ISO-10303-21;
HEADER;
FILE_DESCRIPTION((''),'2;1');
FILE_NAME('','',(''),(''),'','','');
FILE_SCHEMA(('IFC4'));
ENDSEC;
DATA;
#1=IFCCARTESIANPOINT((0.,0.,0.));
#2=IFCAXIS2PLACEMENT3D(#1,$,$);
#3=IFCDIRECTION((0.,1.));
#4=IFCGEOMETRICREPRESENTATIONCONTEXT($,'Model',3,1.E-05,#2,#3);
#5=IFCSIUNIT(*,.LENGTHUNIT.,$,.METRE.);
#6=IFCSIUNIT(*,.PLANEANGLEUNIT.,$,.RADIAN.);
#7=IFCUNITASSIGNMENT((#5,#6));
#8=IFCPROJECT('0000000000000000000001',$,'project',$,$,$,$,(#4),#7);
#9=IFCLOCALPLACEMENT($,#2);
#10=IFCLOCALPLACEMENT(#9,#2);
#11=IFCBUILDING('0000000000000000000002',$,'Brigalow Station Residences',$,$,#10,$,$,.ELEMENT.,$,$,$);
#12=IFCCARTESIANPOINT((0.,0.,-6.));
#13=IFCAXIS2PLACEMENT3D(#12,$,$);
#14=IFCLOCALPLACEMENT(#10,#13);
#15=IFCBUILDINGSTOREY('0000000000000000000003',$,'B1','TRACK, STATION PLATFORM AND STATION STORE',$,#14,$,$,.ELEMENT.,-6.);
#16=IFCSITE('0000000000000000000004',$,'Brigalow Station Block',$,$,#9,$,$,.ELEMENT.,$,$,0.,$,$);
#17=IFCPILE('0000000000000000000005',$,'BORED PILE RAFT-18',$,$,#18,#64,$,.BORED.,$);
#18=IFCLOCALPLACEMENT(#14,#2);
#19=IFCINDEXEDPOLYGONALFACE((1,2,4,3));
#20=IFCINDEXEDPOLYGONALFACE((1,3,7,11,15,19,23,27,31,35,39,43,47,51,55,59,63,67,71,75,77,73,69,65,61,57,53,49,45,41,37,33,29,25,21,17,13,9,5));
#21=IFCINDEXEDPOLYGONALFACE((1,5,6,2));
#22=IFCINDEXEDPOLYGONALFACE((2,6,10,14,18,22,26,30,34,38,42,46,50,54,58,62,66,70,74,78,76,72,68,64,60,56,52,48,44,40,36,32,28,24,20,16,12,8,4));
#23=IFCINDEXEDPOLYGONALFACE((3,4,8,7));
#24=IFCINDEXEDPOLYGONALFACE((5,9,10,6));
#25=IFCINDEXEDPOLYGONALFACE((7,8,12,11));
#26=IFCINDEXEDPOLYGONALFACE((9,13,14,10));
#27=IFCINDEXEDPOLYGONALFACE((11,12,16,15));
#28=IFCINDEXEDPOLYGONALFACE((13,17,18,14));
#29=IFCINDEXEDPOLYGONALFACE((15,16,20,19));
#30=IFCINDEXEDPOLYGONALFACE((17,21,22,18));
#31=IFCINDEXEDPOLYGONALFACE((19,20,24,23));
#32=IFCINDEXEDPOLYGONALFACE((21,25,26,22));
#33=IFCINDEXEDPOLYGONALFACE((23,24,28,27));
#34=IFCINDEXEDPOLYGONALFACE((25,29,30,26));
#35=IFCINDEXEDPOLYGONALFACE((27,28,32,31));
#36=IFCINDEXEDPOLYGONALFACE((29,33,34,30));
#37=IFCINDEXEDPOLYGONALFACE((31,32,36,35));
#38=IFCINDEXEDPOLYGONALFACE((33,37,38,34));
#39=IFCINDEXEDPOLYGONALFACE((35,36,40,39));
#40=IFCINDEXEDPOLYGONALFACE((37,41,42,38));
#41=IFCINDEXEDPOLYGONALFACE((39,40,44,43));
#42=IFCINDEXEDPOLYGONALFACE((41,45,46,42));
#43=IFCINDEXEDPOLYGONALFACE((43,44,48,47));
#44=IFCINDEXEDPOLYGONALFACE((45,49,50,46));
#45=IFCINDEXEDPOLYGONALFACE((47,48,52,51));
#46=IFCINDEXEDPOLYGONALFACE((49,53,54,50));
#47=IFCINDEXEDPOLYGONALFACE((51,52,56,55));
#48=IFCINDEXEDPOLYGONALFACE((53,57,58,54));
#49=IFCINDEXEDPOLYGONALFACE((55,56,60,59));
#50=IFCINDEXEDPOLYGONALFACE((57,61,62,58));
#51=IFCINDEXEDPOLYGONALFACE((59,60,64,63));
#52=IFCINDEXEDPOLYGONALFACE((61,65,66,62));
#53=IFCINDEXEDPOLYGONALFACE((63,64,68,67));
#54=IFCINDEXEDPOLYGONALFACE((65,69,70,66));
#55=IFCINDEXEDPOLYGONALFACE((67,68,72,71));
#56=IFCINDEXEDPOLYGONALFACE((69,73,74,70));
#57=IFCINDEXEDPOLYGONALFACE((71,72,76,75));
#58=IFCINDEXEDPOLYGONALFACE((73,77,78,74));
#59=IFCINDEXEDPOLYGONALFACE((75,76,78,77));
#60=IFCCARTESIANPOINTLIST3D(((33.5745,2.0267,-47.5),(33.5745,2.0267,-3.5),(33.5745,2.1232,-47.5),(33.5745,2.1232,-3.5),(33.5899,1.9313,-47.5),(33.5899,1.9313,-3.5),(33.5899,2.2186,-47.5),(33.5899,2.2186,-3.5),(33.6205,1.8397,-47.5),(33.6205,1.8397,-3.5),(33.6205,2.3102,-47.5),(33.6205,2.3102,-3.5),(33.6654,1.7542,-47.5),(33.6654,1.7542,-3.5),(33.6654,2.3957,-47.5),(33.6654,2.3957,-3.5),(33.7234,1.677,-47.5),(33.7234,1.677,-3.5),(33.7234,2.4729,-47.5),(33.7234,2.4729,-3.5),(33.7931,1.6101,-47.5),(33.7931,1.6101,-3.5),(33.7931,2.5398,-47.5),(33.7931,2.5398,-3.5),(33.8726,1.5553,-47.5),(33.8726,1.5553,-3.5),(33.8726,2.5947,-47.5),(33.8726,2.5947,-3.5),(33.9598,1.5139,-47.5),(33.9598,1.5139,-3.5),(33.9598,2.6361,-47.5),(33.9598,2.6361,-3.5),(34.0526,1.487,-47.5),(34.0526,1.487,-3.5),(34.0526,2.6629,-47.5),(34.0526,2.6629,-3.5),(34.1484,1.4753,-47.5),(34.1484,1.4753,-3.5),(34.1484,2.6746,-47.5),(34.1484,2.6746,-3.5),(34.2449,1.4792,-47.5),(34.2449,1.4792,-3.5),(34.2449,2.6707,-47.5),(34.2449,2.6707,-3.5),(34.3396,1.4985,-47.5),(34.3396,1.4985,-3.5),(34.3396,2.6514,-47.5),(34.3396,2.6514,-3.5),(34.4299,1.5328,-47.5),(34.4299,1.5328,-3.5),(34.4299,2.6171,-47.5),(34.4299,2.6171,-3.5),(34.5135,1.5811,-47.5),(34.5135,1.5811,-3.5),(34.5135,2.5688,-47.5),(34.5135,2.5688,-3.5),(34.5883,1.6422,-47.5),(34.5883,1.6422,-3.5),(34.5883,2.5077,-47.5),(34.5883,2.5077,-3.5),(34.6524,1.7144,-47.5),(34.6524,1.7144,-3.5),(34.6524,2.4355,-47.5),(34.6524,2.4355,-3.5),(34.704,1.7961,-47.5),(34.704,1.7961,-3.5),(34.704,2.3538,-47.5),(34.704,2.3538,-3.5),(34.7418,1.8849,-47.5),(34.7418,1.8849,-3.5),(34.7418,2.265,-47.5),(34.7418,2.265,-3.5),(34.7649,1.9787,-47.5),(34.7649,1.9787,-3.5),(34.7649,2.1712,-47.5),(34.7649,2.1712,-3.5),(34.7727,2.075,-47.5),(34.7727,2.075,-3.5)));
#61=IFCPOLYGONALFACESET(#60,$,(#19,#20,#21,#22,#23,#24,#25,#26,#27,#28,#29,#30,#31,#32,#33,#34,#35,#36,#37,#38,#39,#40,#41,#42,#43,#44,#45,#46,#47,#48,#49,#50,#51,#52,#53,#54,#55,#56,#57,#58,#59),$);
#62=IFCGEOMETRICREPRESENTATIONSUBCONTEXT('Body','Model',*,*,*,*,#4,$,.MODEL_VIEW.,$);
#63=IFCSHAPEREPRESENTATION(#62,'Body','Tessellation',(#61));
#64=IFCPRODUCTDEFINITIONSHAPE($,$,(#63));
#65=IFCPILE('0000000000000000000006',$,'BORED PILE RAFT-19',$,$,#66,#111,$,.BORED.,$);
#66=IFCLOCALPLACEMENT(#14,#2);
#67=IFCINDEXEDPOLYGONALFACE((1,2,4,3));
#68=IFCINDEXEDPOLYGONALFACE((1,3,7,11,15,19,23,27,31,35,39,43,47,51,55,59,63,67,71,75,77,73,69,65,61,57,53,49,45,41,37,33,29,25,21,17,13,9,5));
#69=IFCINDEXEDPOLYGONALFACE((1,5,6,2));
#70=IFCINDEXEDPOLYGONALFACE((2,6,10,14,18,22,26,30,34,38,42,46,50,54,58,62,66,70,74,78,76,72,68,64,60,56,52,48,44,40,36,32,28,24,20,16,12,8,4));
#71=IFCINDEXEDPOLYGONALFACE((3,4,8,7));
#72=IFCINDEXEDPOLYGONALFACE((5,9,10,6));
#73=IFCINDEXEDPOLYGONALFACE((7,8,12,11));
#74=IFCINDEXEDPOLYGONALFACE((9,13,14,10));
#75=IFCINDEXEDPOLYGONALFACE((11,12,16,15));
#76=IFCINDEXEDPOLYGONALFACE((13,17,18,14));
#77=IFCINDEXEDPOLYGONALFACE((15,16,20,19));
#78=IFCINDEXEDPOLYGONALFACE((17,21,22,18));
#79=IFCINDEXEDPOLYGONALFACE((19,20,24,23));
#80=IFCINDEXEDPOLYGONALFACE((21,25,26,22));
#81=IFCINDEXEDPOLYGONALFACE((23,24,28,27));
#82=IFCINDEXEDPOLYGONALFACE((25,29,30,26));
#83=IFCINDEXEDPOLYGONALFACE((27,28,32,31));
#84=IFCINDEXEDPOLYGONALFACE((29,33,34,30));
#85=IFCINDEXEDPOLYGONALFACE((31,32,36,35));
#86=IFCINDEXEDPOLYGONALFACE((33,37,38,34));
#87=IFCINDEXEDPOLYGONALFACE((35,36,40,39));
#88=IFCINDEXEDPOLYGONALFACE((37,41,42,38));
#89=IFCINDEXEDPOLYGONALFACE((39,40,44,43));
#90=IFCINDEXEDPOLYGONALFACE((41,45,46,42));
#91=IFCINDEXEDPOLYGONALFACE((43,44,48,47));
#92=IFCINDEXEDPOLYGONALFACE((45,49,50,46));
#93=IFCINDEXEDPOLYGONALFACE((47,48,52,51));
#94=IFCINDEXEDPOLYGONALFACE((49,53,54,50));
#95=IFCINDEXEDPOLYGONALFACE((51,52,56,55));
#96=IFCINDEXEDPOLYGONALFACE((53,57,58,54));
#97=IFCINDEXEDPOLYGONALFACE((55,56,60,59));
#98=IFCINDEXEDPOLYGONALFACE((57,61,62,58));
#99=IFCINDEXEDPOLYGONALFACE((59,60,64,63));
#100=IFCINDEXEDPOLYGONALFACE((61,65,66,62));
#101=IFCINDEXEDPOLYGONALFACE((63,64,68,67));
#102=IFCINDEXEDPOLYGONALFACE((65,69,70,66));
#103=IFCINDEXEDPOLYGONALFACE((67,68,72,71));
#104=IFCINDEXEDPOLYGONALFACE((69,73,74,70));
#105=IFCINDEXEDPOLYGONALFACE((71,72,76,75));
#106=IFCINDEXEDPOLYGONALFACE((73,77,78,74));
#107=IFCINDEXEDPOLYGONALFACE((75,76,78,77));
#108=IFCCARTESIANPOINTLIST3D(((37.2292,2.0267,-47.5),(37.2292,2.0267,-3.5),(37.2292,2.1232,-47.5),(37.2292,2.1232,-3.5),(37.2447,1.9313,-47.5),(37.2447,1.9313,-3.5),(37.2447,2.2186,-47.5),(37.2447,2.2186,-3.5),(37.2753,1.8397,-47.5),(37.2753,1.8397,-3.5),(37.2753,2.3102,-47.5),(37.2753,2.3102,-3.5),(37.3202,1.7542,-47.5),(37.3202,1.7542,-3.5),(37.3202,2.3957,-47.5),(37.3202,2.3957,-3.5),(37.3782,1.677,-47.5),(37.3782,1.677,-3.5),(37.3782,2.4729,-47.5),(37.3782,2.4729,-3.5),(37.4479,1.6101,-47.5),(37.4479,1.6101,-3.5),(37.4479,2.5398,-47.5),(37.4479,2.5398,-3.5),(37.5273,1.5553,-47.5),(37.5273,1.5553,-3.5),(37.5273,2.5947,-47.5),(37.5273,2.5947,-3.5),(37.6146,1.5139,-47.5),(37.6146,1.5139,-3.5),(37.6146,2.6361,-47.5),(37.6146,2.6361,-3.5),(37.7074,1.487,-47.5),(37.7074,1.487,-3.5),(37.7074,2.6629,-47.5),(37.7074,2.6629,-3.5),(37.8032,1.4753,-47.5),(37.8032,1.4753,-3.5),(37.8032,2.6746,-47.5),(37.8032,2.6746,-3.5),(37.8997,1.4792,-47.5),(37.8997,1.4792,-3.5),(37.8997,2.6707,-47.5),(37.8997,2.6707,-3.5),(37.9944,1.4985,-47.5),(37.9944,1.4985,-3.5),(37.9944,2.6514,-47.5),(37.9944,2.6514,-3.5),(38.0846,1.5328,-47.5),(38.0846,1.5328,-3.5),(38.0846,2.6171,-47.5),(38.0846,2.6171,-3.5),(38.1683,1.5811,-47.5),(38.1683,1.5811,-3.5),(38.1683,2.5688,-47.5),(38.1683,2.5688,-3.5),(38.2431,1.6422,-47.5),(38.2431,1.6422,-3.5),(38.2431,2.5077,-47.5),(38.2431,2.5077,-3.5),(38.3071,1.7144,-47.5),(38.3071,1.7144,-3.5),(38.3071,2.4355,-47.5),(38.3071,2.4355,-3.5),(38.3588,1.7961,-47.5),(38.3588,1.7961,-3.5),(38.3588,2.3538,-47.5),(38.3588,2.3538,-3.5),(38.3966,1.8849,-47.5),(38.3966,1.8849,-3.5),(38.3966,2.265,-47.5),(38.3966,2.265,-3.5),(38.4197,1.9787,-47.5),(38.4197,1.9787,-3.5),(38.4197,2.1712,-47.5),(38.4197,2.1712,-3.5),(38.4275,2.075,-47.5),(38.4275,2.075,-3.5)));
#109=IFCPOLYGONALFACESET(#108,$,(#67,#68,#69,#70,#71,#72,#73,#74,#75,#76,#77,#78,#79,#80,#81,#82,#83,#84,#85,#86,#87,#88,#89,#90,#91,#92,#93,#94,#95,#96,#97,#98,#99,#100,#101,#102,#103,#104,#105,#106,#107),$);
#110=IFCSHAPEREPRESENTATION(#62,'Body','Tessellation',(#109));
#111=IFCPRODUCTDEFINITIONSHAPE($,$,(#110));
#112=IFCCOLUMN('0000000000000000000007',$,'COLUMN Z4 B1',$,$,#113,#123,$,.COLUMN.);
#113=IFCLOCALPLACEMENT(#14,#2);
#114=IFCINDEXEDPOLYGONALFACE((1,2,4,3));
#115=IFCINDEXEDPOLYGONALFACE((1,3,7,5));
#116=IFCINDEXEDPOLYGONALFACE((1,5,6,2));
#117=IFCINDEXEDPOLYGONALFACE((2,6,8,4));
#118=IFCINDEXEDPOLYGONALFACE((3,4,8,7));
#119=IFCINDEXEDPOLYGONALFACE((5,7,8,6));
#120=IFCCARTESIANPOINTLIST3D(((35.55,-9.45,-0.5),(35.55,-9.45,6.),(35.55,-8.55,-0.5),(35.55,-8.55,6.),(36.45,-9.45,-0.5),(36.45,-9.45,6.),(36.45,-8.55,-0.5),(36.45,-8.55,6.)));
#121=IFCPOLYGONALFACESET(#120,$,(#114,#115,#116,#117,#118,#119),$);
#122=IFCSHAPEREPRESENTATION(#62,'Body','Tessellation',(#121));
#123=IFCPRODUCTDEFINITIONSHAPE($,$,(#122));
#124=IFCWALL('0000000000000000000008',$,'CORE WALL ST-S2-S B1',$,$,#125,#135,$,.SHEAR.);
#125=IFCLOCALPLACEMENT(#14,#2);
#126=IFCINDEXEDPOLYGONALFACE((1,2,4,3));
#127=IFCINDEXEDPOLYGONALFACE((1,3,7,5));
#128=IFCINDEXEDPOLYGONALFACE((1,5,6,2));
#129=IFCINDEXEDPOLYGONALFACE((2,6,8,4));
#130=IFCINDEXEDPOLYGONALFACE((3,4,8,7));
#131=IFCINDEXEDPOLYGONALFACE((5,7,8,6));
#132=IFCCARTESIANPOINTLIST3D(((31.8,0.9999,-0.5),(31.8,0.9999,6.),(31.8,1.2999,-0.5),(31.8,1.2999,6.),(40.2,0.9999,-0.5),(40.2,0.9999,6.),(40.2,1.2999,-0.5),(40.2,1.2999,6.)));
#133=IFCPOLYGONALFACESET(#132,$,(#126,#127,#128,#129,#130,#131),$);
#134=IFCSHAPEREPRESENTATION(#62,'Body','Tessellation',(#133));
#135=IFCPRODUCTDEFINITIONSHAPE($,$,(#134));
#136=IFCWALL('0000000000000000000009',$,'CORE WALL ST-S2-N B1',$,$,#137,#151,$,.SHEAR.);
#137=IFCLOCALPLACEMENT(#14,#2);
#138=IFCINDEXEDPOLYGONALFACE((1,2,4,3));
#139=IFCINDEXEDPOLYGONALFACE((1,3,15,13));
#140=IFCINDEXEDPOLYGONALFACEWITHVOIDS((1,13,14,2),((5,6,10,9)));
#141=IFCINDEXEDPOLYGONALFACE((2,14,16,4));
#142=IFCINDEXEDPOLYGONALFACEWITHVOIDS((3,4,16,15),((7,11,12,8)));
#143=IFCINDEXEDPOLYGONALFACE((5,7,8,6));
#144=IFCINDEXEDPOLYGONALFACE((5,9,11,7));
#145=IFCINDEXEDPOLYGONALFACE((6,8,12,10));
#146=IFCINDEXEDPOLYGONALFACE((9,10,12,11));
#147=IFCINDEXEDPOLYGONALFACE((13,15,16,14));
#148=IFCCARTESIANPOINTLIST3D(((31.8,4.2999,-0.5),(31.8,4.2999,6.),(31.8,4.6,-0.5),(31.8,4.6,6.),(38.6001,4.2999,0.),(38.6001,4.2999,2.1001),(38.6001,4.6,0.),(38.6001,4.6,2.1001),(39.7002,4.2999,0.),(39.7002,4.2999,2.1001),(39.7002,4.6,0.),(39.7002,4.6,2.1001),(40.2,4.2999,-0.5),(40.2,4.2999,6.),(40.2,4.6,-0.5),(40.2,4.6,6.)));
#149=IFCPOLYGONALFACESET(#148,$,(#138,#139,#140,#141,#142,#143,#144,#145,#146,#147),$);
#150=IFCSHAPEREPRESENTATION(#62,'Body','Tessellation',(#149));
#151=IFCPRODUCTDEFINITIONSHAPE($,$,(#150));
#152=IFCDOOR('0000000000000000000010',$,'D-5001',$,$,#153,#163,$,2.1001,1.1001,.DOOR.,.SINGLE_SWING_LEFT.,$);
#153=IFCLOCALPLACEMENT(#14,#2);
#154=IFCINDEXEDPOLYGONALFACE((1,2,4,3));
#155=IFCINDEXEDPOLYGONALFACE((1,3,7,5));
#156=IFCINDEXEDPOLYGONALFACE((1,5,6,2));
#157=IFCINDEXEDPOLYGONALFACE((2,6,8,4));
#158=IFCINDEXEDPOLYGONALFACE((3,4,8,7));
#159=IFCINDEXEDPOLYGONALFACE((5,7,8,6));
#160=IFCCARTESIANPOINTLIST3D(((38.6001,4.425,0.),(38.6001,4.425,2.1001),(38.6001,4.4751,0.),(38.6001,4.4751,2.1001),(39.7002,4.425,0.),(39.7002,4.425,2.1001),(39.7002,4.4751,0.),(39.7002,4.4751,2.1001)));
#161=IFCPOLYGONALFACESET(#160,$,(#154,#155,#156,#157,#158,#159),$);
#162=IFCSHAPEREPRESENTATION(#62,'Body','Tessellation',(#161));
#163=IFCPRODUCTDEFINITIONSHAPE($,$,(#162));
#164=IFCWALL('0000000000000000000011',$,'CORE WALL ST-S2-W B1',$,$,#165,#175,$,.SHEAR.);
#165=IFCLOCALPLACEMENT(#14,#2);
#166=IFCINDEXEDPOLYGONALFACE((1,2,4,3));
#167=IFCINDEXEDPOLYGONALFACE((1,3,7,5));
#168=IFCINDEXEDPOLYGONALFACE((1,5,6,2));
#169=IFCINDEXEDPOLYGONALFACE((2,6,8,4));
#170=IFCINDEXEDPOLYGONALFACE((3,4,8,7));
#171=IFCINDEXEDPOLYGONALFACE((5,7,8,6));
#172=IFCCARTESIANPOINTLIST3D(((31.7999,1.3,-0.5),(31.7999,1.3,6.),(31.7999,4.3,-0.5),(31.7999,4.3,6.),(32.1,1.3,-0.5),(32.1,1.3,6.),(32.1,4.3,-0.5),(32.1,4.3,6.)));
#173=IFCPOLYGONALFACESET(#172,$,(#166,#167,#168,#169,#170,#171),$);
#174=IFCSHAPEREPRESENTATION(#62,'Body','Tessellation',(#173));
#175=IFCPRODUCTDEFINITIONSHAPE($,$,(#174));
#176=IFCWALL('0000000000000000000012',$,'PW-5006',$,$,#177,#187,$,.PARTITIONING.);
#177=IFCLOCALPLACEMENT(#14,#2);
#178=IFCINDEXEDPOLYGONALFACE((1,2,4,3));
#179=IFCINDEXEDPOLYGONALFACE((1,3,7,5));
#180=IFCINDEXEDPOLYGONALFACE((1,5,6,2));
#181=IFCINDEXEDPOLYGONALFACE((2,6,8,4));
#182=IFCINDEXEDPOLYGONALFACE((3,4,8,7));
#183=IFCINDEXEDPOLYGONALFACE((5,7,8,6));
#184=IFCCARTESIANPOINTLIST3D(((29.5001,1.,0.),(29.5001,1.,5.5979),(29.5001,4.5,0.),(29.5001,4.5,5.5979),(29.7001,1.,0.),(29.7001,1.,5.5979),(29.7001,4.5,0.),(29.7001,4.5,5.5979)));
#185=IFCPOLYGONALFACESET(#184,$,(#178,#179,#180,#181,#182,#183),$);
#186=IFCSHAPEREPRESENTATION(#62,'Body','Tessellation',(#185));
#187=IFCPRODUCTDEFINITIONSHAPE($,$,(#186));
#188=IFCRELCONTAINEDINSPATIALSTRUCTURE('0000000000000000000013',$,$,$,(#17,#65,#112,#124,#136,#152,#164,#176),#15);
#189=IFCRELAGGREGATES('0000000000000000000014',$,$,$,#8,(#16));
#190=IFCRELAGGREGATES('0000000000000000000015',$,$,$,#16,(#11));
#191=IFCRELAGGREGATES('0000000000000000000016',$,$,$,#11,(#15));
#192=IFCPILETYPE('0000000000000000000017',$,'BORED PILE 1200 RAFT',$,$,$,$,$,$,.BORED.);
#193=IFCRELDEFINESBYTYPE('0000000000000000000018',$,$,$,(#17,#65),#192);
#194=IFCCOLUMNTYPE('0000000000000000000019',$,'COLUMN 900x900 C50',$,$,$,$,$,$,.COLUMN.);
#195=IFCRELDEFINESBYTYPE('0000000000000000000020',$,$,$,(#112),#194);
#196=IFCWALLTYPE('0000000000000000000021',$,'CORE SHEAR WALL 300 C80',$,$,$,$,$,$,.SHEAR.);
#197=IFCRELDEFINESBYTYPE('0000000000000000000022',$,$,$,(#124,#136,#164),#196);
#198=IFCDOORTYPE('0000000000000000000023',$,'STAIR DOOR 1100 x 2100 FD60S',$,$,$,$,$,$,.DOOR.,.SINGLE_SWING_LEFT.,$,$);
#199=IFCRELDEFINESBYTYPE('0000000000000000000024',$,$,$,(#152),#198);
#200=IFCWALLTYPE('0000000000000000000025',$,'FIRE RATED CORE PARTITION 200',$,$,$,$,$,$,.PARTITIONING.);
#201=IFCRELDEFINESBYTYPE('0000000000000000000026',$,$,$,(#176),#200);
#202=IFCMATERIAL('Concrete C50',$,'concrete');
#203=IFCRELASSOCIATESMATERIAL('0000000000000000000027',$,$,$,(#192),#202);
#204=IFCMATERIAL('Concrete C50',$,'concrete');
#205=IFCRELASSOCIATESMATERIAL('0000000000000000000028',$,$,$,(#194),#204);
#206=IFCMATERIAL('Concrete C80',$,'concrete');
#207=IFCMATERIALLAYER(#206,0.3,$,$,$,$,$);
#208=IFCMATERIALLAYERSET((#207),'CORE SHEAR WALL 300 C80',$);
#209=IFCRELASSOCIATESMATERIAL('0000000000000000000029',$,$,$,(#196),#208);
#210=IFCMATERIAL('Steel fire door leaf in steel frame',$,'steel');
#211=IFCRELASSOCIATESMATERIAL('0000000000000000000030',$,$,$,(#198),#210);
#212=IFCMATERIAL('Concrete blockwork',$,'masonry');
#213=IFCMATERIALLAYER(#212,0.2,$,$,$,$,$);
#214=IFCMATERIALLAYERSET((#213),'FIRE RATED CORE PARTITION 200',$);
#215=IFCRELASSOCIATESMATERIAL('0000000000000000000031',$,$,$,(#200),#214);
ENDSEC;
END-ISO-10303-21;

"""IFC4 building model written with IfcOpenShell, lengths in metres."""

from ifc_helpers import new_model, si_unit, direction, frame, frame_2d, origin, origin_2d, place, context, subcontext, project, spatial, rectangle, circle, extrude, material, layer, layer_set, material_profile, profile_set, type_object, element, fill, save


model = new_model("IFC4")

# Units and contexts
model_context = context("Model", 3, precision=1e-05, world=origin(), true_north=direction((0.0, 1.0)))
body_context = subcontext(model_context, "Body", "Model", "MODEL_VIEW")
ifc_project = project(units=[si_unit("LENGTHUNIT", "METRE"), si_unit("PLANEANGLEUNIT", "RADIAN")], contexts=[model_context])

# Site, building, storey
site_placement = place(None, origin())
site = spatial("IfcSite", under=ifc_project, at=site_placement, Name="Brigalow Station Block", CompositionType="ELEMENT", RefElevation=0.0)
building_placement = place(site_placement, origin())
building = spatial("IfcBuilding", under=site, at=building_placement, Name="Brigalow Station Residences", CompositionType="ELEMENT")
storey_placement = place(building_placement, frame((0.0, 0.0, -6.0)))
storey = spatial("IfcBuildingStorey", under=building, at=storey_placement, Name="B1", Description="TRACK, STATION PLATFORM AND STATION STORE", CompositionType="ELEMENT", Elevation=-6.0)

# Piles
ifc_material_1 = material(Name="Concrete C50", Category="concrete")
ifc_material_profile_1 = material_profile(ifc_material_1, circle(Radius=0.6001, at=origin_2d()), Name="BP1200")
ifc_profile_set_1 = profile_set([ifc_material_profile_1], Name="Concrete C50")
pile_type_1 = type_object("IfcPileType", Name="BORED PILE 1200 RAFT", PredefinedType="BORED", material=ifc_profile_set_1)
for number, where, z_axis, x_axis, name in (
    (1, (34.1726, 2.075, -3.5), (0.0, 0.0, -1.0), (1.0, 0.0, 0.0), "BORED PILE RAFT-18"),
    (2, (37.8274, 2.075, -3.5), (0.0, 0.0, -1.0), (1.0, 0.0, 0.0), "BORED PILE RAFT-19"),
):
    element("IfcPile", number, at=place(storey_placement, frame(where, z_axis=z_axis, x_axis=x_axis)), inside=storey, type_object=pile_type_1, Name=name, PredefinedType="BORED", context=body_context, shape_type="SweptSolid", body=[
        extrude(circle(Radius=0.6001, at=origin_2d()), origin(), (0.0, 0.0, 1.0), 44.0),
    ])

# Column
ifc_material_2 = material(Name="Concrete C50", Category="concrete")
ifc_material_profile_2 = material_profile(ifc_material_2, rectangle(XDim=0.8999, YDim=0.8999, at=origin_2d()), Name="RC900x900")
ifc_profile_set_2 = profile_set([ifc_material_profile_2], Name="Concrete C50")
column_type = type_object("IfcColumnType", Name="COLUMN 900x900 C50", PredefinedType="COLUMN", material=ifc_profile_set_2)
column_placement = place(storey_placement, frame((36.0, -9.0, -0.5), z_axis=(0.0, 0.0, 1.0), x_axis=(1.0, 0.0, 0.0)))
element("IfcColumn", 3, at=column_placement, inside=storey, type_object=column_type, Name="COLUMN Z4 B1", PredefinedType="COLUMN", context=body_context, shape_type="SweptSolid", body=[
    extrude(rectangle(XDim=0.8999, YDim=0.8999, at=origin_2d()), origin(), (0.0, 0.0, 1.0), 6.5),
])

# Wall
ifc_material_3 = material(Name="Concrete C80", Category="concrete")
ifc_layer_1 = layer(ifc_material_3, 0.3)
ifc_layer_set_1 = layer_set([ifc_layer_1], Name="CORE SHEAR WALL 300 C80")
wall_type_1 = type_object("IfcWallType", Name="CORE SHEAR WALL 300 C80", PredefinedType="SHEAR", material=ifc_layer_set_1)
wall_1_placement = place(storey_placement, frame((31.8, 1.1499, -0.5), z_axis=(0.0, 0.0, 1.0), x_axis=(1.0, 0.0, 0.0)))
element("IfcWall", 4, at=wall_1_placement, inside=storey, type_object=wall_type_1, Name="CORE WALL ST-S2-S B1", PredefinedType="SHEAR", context=body_context, shape_type="SweptSolid", body=[
    extrude(rectangle(XDim=8.3999, YDim=0.3, at=frame_2d((4.2, 0.0))), origin(), (0.0, 0.0, 1.0), 6.5),
])

# Wall, opening, door
wall_2_placement = place(storey_placement, frame((31.8, 4.45, -0.5), z_axis=(0.0, 0.0, 1.0), x_axis=(1.0, 0.0, 0.0)))
wall_2 = element("IfcWall", 5, at=wall_2_placement, inside=storey, type_object=wall_type_1, Name="CORE WALL ST-S2-N B1", PredefinedType="SHEAR", context=body_context, shape_type="SweptSolid", body=[
    extrude(rectangle(XDim=8.3999, YDim=0.3, at=frame_2d((4.2, 0.0))), origin(), (0.0, 0.0, 1.0), 6.5),
])
opening_placement = place(wall_2_placement, frame((6.8, 0.0, 0.5)))
opening = element("IfcOpeningElement", 6, at=opening_placement, cuts=wall_2, PredefinedType="OPENING", context=body_context, shape_type="SweptSolid", body=[
    extrude(rectangle(XDim=1.1001, YDim=2.1001, at=frame_2d((0.55, 1.05))), frame((0.0, 0.1602, 0.0), z_axis=(0.0, -1.0, 0.0), x_axis=(1.0, 0.0, 0.0)), (0.0, 0.0, 1.0), 0.3201),
])
ifc_material_4 = material(Name="Steel fire door leaf in steel frame", Category="steel")
door_type = type_object("IfcDoorType", Name="STAIR DOOR 1100 x 2100 FD60S", OperationType="SINGLE_SWING_LEFT", PredefinedType="DOOR", material=ifc_material_4)
door_placement = place(opening_placement, frame((1.1001, 0.0, 0.0), z_axis=(0.0, 0.0, 1.0), x_axis=(-1.0, 0.0, 0.0)))
door = element("IfcDoor", 7, at=door_placement, inside=storey, type_object=door_type, Name="D-5001", OperationType="SINGLE_SWING_LEFT", OverallHeight=2.1001, OverallWidth=1.1001, PredefinedType="DOOR", context=body_context, shape_type="SweptSolid", body=[
    extrude(rectangle(XDim=1.1001, YDim=2.1001, at=frame_2d((0.55, 1.05))), frame((0.0, 0.0249, 0.0), z_axis=(0.0, -1.0, 0.0), x_axis=(1.0, 0.0, 0.0)), (0.0, 0.0, 1.0), 0.05),
])
fill(opening, door)

# Walls
wall_3_placement = place(storey_placement, frame((31.95, 1.3, -0.5), z_axis=(0.0, 0.0, 1.0), x_axis=(0.0, 1.0, 0.0)))
element("IfcWall", 8, at=wall_3_placement, inside=storey, type_object=wall_type_1, Name="CORE WALL ST-S2-W B1", PredefinedType="SHEAR", context=body_context, shape_type="SweptSolid", body=[
    extrude(rectangle(XDim=3.0, YDim=0.3, at=frame_2d((1.5, 0.0))), origin(), (0.0, 0.0, 1.0), 6.5),
])
ifc_material_5 = material(Name="Concrete blockwork", Category="masonry")
ifc_layer_2 = layer(ifc_material_5, 0.2)
ifc_layer_set_2 = layer_set([ifc_layer_2], Name="FIRE RATED CORE PARTITION 200")
wall_type_2 = type_object("IfcWallType", Name="FIRE RATED CORE PARTITION 200", PredefinedType="PARTITIONING", material=ifc_layer_set_2)
wall_4_placement = place(storey_placement, frame((29.6001, 1.0, 0.0), z_axis=(0.0, 0.0, 1.0), x_axis=(0.0, 1.0, 0.0)))
element("IfcWall", 9, at=wall_4_placement, inside=storey, type_object=wall_type_2, Name="PW-5006", PredefinedType="PARTITIONING", context=body_context, shape_type="SweptSolid", body=[
    extrude(rectangle(XDim=3.5, YDim=0.2, at=frame_2d((1.75, 0.0))), origin(), (0.0, 0.0, 1.0), 5.5979),
])

save(model, "model.ifc")
